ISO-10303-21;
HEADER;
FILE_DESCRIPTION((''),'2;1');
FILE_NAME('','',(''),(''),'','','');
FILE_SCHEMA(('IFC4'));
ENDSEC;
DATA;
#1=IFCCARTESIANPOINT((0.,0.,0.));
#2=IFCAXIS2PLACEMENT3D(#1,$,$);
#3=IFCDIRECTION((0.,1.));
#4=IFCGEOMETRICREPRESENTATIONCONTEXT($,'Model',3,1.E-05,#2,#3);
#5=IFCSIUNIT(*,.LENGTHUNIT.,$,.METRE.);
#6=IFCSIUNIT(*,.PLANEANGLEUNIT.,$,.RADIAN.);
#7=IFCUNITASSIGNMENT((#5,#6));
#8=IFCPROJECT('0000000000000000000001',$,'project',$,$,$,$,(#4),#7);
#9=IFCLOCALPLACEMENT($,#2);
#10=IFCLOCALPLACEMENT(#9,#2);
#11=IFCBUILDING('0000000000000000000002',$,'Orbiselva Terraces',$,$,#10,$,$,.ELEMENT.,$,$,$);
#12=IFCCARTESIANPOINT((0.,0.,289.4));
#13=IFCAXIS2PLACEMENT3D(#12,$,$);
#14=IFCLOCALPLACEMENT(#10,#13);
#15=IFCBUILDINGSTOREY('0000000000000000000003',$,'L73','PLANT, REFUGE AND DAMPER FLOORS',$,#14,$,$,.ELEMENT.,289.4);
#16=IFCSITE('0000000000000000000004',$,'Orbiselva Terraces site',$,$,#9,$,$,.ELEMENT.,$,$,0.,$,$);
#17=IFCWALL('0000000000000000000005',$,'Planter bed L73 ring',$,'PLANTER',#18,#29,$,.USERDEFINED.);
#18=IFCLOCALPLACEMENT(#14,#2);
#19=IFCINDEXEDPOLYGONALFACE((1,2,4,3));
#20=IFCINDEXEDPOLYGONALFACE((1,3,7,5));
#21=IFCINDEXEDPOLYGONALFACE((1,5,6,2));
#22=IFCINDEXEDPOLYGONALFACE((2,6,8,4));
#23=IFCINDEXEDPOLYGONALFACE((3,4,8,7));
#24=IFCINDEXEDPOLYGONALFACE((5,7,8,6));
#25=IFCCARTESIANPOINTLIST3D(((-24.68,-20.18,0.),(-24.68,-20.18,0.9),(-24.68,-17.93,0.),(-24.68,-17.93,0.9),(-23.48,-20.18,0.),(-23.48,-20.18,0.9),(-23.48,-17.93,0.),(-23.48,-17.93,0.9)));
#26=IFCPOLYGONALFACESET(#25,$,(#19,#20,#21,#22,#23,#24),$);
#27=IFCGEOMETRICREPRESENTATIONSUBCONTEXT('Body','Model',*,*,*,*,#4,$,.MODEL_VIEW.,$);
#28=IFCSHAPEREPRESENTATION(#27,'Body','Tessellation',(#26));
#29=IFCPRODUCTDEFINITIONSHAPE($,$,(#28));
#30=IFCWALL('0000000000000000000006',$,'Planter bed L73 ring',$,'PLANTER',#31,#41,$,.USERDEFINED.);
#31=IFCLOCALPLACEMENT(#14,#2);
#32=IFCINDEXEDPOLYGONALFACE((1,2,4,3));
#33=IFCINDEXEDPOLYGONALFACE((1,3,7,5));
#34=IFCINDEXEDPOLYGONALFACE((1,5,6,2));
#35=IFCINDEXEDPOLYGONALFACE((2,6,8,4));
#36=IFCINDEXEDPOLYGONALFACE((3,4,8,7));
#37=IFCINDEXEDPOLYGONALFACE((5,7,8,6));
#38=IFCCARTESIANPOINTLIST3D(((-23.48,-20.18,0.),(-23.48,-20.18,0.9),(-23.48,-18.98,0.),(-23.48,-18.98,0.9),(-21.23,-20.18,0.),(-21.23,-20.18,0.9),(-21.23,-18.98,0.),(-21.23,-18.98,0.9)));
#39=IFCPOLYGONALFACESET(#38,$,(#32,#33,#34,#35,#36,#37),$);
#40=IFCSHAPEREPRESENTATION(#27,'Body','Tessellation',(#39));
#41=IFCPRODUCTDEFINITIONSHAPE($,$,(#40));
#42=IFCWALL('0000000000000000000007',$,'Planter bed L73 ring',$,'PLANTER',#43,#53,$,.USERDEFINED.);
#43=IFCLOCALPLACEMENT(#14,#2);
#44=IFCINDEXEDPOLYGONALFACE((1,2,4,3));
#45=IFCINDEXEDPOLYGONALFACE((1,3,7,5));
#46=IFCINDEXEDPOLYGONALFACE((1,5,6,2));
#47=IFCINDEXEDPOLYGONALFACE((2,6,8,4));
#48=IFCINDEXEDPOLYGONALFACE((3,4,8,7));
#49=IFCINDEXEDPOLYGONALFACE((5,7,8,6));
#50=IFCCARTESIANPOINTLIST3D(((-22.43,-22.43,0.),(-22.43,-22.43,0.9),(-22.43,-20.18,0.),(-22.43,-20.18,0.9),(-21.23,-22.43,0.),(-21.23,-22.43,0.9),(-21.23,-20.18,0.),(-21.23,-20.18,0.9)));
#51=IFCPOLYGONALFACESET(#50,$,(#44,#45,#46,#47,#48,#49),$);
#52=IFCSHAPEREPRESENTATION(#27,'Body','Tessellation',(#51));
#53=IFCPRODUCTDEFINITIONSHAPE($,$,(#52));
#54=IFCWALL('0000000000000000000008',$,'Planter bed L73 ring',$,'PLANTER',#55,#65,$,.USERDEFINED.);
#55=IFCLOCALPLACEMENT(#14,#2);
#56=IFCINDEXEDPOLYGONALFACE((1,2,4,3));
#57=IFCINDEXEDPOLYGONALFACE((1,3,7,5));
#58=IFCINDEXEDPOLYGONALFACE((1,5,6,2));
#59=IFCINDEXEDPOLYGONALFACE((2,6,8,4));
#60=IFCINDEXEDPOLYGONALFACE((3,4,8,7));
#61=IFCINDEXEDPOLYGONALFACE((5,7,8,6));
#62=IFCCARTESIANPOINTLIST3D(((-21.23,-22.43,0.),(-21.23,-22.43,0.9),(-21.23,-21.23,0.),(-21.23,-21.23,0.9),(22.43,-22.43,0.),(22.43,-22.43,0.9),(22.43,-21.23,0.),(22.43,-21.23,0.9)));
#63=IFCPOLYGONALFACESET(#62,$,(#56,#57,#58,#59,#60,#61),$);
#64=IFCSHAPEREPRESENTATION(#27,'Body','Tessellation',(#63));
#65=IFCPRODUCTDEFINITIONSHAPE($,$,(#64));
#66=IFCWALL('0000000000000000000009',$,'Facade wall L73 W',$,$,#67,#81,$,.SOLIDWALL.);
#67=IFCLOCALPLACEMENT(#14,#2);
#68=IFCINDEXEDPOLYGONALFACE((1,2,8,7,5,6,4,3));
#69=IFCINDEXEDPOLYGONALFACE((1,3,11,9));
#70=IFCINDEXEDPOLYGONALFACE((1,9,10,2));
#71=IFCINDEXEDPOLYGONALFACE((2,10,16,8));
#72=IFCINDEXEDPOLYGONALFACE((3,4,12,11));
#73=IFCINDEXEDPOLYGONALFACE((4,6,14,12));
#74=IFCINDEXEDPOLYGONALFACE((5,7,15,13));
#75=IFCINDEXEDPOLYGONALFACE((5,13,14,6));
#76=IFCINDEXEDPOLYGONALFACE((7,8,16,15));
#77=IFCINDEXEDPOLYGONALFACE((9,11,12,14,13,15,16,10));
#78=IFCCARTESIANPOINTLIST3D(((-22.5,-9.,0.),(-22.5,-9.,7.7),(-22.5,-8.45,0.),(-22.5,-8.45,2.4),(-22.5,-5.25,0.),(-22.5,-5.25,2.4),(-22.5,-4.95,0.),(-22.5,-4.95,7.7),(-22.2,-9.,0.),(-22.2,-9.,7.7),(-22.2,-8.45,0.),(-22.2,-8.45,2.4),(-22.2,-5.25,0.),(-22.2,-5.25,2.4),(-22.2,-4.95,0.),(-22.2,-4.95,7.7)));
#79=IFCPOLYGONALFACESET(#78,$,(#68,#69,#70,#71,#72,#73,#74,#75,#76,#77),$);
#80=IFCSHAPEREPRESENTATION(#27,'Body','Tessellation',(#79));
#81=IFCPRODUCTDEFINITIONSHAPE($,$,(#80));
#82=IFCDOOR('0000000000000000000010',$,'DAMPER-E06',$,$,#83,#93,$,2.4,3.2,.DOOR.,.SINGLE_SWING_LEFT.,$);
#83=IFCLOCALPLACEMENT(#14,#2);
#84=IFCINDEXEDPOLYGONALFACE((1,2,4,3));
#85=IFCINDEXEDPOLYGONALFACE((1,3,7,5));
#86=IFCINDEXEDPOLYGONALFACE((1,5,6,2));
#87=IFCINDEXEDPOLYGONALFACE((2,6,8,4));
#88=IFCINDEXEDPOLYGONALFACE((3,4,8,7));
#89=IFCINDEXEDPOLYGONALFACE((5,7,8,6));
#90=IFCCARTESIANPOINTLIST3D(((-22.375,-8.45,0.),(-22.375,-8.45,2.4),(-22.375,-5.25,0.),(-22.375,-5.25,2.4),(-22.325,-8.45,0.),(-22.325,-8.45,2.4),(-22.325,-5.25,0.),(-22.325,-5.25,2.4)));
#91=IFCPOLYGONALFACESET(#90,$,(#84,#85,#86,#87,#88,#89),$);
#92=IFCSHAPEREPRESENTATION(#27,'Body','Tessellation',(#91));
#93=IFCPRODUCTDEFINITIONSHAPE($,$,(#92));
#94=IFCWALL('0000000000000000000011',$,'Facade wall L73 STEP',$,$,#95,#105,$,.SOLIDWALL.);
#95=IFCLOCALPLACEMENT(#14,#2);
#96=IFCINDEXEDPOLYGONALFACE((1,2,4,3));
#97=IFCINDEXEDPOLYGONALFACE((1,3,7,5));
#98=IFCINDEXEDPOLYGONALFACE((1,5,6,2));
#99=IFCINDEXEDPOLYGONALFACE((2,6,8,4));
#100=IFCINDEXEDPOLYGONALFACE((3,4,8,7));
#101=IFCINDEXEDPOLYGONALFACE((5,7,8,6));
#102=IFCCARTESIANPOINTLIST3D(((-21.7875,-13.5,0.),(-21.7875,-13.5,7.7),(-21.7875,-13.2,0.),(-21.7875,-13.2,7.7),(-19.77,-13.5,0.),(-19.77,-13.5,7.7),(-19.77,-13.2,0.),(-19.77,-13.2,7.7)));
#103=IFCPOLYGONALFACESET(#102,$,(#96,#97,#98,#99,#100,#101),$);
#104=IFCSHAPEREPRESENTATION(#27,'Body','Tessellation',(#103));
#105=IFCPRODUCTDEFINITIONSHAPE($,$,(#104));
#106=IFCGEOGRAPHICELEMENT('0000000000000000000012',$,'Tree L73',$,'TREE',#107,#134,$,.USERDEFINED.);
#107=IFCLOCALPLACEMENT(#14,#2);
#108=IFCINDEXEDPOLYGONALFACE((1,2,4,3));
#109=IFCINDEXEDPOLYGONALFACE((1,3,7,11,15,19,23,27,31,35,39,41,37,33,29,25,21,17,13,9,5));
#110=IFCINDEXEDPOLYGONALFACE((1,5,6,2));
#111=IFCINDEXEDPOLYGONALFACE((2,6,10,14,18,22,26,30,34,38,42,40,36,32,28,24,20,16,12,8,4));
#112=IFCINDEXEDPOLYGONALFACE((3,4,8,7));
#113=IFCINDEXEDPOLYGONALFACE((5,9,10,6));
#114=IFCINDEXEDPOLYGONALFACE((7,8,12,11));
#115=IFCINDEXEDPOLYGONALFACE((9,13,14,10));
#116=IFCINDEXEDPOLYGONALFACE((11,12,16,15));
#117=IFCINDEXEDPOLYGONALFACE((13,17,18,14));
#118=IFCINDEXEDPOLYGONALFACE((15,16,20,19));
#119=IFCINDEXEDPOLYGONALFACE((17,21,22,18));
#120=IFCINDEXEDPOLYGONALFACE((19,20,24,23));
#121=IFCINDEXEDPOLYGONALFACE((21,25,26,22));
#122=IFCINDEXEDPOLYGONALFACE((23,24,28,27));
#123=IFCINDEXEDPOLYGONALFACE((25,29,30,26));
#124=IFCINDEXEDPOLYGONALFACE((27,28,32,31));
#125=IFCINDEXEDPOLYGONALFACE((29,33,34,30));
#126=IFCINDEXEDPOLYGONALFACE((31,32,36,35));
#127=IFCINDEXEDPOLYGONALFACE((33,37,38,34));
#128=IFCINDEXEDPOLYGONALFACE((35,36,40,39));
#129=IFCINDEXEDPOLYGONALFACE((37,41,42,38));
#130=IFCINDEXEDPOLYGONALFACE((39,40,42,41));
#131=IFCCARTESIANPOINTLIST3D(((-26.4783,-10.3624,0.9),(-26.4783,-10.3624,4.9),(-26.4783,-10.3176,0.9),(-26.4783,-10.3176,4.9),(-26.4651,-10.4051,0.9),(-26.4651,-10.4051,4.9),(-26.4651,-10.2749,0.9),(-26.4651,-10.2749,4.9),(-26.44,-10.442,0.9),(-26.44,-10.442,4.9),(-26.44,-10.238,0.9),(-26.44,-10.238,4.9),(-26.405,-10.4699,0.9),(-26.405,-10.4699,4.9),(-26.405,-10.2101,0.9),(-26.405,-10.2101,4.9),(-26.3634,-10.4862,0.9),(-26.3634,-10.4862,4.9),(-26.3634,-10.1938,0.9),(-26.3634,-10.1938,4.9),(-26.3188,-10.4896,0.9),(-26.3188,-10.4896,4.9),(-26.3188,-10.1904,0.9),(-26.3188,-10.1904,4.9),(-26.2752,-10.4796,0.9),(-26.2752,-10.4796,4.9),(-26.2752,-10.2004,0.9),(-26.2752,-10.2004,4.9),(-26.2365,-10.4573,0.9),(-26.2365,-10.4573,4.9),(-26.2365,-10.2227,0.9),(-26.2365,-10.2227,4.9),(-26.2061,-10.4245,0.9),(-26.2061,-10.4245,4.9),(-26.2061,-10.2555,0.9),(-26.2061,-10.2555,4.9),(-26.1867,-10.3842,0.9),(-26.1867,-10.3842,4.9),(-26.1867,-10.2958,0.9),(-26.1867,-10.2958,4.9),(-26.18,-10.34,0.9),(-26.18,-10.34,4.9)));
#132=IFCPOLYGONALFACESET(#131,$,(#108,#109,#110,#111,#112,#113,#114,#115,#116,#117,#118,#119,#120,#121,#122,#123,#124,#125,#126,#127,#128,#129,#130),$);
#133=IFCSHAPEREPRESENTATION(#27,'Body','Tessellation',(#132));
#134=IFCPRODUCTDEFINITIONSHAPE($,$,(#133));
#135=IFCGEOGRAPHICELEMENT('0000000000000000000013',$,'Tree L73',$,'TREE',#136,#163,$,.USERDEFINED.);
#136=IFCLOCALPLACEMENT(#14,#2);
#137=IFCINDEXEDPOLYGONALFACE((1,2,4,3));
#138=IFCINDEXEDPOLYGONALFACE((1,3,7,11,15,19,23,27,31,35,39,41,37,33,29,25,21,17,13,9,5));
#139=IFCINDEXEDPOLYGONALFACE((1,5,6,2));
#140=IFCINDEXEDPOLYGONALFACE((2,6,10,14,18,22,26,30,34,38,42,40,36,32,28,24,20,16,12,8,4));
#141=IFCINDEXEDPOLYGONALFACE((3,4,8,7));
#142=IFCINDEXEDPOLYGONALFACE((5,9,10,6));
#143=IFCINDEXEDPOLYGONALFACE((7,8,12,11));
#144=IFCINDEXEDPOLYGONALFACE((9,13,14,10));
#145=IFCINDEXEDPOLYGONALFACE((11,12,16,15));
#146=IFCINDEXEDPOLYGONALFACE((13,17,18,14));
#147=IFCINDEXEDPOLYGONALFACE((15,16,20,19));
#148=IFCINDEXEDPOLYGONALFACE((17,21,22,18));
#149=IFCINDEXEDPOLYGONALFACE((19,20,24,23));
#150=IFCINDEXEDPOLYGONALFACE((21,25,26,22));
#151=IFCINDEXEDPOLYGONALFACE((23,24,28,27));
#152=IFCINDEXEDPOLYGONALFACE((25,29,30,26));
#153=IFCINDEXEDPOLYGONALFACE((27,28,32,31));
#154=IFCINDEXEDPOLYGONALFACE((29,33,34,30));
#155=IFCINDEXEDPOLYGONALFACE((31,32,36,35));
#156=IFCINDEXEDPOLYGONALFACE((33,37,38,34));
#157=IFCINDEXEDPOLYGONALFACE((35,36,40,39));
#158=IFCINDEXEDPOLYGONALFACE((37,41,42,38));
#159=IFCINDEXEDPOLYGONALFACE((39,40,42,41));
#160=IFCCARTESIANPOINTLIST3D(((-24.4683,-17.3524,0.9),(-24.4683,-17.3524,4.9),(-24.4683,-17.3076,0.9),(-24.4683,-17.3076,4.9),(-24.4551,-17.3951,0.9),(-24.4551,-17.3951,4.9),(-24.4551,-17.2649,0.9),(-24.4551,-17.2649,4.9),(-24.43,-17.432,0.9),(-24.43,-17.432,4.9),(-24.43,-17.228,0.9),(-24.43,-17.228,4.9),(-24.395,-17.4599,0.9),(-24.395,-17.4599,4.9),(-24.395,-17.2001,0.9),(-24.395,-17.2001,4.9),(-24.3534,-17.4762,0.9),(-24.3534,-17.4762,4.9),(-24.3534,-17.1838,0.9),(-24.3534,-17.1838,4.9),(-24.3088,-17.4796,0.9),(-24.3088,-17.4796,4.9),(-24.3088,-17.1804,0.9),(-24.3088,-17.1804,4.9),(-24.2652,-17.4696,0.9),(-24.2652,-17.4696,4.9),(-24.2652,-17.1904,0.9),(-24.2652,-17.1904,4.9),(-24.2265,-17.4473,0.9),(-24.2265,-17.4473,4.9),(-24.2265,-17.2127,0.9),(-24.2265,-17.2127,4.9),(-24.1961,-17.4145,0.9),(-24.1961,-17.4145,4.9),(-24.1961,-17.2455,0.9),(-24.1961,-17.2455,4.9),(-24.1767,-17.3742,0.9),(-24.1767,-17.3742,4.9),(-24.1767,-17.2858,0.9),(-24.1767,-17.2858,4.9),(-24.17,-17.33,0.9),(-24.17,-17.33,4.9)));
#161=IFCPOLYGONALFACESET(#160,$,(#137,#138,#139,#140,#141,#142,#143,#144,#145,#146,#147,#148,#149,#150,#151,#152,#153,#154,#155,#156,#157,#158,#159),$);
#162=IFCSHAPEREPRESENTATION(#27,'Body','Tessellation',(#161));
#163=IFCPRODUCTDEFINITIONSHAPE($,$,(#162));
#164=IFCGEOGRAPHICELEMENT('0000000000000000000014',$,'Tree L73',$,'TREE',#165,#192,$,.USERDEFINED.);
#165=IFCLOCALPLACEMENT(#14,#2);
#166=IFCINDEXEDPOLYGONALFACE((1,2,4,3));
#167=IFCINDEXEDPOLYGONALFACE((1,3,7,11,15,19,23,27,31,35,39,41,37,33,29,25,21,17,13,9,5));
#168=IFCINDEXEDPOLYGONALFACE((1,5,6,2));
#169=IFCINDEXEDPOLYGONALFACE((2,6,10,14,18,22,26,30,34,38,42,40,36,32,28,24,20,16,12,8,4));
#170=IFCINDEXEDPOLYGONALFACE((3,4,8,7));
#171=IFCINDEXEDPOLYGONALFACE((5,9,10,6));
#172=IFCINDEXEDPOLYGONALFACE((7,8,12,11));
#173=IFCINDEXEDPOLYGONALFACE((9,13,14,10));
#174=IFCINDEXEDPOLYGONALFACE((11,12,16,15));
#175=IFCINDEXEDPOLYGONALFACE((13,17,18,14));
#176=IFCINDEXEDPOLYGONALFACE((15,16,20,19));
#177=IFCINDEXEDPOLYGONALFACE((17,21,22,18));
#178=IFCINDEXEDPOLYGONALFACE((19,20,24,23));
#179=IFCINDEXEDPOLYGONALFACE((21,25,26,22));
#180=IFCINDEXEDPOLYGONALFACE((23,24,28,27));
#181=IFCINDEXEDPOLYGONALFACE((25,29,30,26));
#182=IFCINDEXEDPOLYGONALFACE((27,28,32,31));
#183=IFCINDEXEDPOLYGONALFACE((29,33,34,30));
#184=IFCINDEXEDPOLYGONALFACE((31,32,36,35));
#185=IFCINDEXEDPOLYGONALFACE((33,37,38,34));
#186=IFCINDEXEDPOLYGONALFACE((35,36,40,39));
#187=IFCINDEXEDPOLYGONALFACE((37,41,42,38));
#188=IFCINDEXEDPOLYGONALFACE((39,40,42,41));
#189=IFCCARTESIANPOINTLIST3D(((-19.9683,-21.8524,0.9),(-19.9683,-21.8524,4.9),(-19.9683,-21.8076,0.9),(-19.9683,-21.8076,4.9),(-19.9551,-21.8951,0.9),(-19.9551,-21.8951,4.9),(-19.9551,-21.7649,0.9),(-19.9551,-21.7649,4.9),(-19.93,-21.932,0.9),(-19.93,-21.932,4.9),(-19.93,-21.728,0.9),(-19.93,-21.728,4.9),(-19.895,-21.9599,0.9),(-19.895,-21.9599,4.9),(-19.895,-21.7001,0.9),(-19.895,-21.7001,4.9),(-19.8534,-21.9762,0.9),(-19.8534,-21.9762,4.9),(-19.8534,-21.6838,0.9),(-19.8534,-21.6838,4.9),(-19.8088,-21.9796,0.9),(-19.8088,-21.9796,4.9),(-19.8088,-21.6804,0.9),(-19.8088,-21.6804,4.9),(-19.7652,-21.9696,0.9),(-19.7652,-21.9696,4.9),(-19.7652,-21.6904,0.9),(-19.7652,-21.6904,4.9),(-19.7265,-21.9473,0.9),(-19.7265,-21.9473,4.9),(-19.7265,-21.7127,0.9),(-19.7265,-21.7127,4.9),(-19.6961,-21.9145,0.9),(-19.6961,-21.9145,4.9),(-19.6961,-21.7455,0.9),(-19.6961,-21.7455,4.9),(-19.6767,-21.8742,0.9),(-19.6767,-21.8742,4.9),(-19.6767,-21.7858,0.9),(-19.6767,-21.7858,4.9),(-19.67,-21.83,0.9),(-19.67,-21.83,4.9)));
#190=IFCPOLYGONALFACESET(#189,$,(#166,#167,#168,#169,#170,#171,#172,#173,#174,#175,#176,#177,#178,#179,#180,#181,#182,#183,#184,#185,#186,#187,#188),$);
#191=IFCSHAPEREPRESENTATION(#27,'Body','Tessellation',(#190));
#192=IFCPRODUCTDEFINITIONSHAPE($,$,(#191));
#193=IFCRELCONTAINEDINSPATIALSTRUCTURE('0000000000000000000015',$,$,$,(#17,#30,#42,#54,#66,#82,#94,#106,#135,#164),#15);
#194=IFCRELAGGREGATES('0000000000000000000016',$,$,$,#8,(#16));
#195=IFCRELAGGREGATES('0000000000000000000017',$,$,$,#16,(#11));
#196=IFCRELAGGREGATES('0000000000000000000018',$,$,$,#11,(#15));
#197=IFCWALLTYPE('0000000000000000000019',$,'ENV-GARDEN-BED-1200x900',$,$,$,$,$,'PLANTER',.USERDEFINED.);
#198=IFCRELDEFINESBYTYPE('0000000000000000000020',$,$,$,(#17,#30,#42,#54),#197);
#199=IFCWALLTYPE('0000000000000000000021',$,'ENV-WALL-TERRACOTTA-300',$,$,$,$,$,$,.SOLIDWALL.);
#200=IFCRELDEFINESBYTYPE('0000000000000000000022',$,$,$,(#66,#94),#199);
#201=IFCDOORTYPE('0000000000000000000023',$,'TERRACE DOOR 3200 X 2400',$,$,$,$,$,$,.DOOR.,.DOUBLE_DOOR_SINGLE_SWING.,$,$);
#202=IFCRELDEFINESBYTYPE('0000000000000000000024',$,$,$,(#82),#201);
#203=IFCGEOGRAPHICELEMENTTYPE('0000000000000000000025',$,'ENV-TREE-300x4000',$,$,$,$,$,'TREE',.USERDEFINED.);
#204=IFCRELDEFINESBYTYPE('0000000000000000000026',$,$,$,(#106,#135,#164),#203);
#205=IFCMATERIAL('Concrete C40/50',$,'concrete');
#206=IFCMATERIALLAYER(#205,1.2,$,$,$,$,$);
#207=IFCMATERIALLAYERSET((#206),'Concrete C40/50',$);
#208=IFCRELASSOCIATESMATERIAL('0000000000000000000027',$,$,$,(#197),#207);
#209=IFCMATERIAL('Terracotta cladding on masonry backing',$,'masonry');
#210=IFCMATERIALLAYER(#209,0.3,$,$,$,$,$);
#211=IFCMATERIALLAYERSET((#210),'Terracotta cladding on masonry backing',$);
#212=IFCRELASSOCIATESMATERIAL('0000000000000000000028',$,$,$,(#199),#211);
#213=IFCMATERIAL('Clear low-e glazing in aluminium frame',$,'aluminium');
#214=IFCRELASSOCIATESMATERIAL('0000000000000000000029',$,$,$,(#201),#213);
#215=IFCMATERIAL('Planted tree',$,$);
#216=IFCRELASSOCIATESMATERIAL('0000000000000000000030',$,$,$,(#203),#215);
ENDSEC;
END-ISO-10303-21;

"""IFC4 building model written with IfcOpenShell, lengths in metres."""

from ifc_helpers import new_model, si_unit, direction, frame, frame_2d, origin, origin_2d, place, context, subcontext, project, spatial, rectangle, circle, extrude, material, layer, layer_set, type_object, element, fill, save


model = new_model("IFC4")

# Units and contexts
model_context = context("Model", 3, precision=1e-05, world=origin(), true_north=direction((0.0, 1.0)))
body_context = subcontext(model_context, "Body", "Model", "MODEL_VIEW")
ifc_project = project(units=[si_unit("LENGTHUNIT", "METRE"), si_unit("PLANEANGLEUNIT", "RADIAN")], contexts=[model_context])

# Site, building, storey
site_placement = place(None, origin())
site = spatial("IfcSite", under=ifc_project, at=site_placement, Name="Orbiselva Terraces site", CompositionType="ELEMENT", RefElevation=0.0)
building_placement = place(site_placement, origin())
building = spatial("IfcBuilding", under=site, at=building_placement, Name="Orbiselva Terraces", CompositionType="ELEMENT")
storey_placement = place(building_placement, frame((0.0, 0.0, 289.4)))
storey = spatial("IfcBuildingStorey", under=building, at=storey_placement, Name="L73", Description="PLANT, REFUGE AND DAMPER FLOORS", CompositionType="ELEMENT", Elevation=289.4)

# Shared definitions
ifc_material_1 = material(Name="Clear low-e glazing in aluminium frame", Category="aluminium")

# Walls
ifc_material_2 = material(Name="Concrete C40/50", Category="concrete")
ifc_layer_1 = layer(ifc_material_2, 1.2)
ifc_layer_set_1 = layer_set([ifc_layer_1], Name="Concrete C40/50")
wall_type_1 = type_object("IfcWallType", Name="ENV-GARDEN-BED-1200x900", ElementType="PLANTER", PredefinedType="USERDEFINED", material=ifc_layer_set_1)
for number, where, z_axis, x_axis, name in (
    (1, (-24.08, -17.93, 0.0), (0.0, 0.0, 1.0), (0.0, -1.0, 0.0), "Planter bed L73 ring"),
    (2, (-23.48, -19.58, 0.0), (0.0, 0.0, 1.0), (1.0, 0.0, 0.0), "Planter bed L73 ring"),
    (3, (-21.83, -20.18, 0.0), (0.0, 0.0, 1.0), (0.0, -1.0, 0.0), "Planter bed L73 ring"),
):
    element("IfcWall", number, at=place(storey_placement, frame(where, z_axis=z_axis, x_axis=x_axis)), inside=storey, type_object=wall_type_1, Name=name, ObjectType="PLANTER", PredefinedType="USERDEFINED", context=body_context, shape_type="SweptSolid", body=[
        extrude(rectangle(XDim=2.25, YDim=1.2, at=frame_2d((1.125, 0.0))), origin(), (0.0, 0.0, 1.0), 0.9),
    ])
wall_1_placement = place(storey_placement, frame((-21.23, -21.83, 0.0), z_axis=(0.0, 0.0, 1.0), x_axis=(1.0, 0.0, 0.0)))
element("IfcWall", 4, at=wall_1_placement, inside=storey, type_object=wall_type_1, Name="Planter bed L73 ring", ObjectType="PLANTER", PredefinedType="USERDEFINED", context=body_context, shape_type="SweptSolid", body=[
    extrude(rectangle(XDim=43.66, YDim=1.2, at=frame_2d((21.83, 0.0))), origin(), (0.0, 0.0, 1.0), 0.9),
])

# Wall, opening, door
ifc_material_3 = material(Name="Terracotta cladding on masonry backing", Category="masonry")
ifc_layer_2 = layer(ifc_material_3, 0.3)
ifc_layer_set_2 = layer_set([ifc_layer_2], Name="Terracotta cladding on masonry backing")
wall_type_2 = type_object("IfcWallType", Name="ENV-WALL-TERRACOTTA-300", PredefinedType="SOLIDWALL", material=ifc_layer_set_2)
wall_2_placement = place(storey_placement, frame((-22.35, -9.0, 0.0), z_axis=(0.0, 0.0, 1.0), x_axis=(0.0, 1.0, 0.0)))
wall_2 = element("IfcWall", 5, at=wall_2_placement, inside=storey, type_object=wall_type_2, Name="Facade wall L73 W", PredefinedType="SOLIDWALL", context=body_context, shape_type="SweptSolid", body=[
    extrude(rectangle(XDim=4.05, YDim=0.3, at=frame_2d((2.025, 0.0))), origin(), (0.0, 0.0, 1.0), 7.7),
])
opening_placement = place(wall_2_placement, frame((0.55, 0.0, 0.0)))
opening = element("IfcOpeningElement", 6, at=opening_placement, cuts=wall_2, PredefinedType="OPENING", context=body_context, shape_type="SweptSolid", body=[
    extrude(rectangle(XDim=3.2, YDim=2.4, at=frame_2d((1.6, 1.2))), frame((0.0, 0.16, 0.0), z_axis=(0.0, -1.0, 0.0), x_axis=(1.0, 0.0, 0.0)), (0.0, 0.0, 1.0), 0.32),
])
door_type = type_object("IfcDoorType", Name="TERRACE DOOR 3200 X 2400", OperationType="DOUBLE_DOOR_SINGLE_SWING", PredefinedType="DOOR", material=ifc_material_1)
door_placement = place(opening_placement, origin())
door = element("IfcDoor", 7, at=door_placement, inside=storey, type_object=door_type, Name="DAMPER-E06", OperationType="SINGLE_SWING_LEFT", OverallHeight=2.4, OverallWidth=3.2, PredefinedType="DOOR", context=body_context, shape_type="SweptSolid", body=[
    extrude(rectangle(XDim=3.2, YDim=2.4, at=frame_2d((1.6, 1.2))), frame((0.0, 0.025, 0.0), z_axis=(0.0, -1.0, 0.0), x_axis=(1.0, 0.0, 0.0)), (0.0, 0.0, 1.0), 0.05),
])
fill(opening, door)

# Wall
wall_3_placement = place(storey_placement, frame((-19.77, -13.35, 0.0), z_axis=(0.0, 0.0, 1.0), x_axis=(-1.0, 0.0, 0.0)))
element("IfcWall", 8, at=wall_3_placement, inside=storey, type_object=wall_type_2, Name="Facade wall L73 STEP", PredefinedType="SOLIDWALL", context=body_context, shape_type="SweptSolid", body=[
    extrude(rectangle(XDim=2.0175, YDim=0.3, at=frame_2d((1.0088, 0.0))), origin(), (0.0, 0.0, 1.0), 7.7),
])

# Geographic elements
ifc_material_4 = material(Name="Planted tree")
geographic_element_type = type_object("IfcGeographicElementType", Name="ENV-TREE-300x4000", ElementType="TREE", PredefinedType="USERDEFINED", material=ifc_material_4)
for number, where, z_axis, x_axis, name in (
    (9, (-26.33, -10.34, 4.9), (0.0, 0.0, -1.0), (1.0, 0.0, 0.0), "Tree L73"),
    (10, (-24.32, -17.33, 4.9), (0.0, 0.0, -1.0), (1.0, 0.0, 0.0), "Tree L73"),
    (11, (-19.82, -21.83, 4.9), (0.0, 0.0, -1.0), (1.0, 0.0, 0.0), "Tree L73"),
):
    element("IfcGeographicElement", number, at=place(storey_placement, frame(where, z_axis=z_axis, x_axis=x_axis)), inside=storey, type_object=geographic_element_type, Name=name, ObjectType="TREE", PredefinedType="USERDEFINED", context=body_context, shape_type="SweptSolid", body=[
        extrude(circle(Radius=0.15, at=origin_2d()), origin(), (0.0, 0.0, 1.0), 4.0),
    ])

save(model, "model.ifc")
